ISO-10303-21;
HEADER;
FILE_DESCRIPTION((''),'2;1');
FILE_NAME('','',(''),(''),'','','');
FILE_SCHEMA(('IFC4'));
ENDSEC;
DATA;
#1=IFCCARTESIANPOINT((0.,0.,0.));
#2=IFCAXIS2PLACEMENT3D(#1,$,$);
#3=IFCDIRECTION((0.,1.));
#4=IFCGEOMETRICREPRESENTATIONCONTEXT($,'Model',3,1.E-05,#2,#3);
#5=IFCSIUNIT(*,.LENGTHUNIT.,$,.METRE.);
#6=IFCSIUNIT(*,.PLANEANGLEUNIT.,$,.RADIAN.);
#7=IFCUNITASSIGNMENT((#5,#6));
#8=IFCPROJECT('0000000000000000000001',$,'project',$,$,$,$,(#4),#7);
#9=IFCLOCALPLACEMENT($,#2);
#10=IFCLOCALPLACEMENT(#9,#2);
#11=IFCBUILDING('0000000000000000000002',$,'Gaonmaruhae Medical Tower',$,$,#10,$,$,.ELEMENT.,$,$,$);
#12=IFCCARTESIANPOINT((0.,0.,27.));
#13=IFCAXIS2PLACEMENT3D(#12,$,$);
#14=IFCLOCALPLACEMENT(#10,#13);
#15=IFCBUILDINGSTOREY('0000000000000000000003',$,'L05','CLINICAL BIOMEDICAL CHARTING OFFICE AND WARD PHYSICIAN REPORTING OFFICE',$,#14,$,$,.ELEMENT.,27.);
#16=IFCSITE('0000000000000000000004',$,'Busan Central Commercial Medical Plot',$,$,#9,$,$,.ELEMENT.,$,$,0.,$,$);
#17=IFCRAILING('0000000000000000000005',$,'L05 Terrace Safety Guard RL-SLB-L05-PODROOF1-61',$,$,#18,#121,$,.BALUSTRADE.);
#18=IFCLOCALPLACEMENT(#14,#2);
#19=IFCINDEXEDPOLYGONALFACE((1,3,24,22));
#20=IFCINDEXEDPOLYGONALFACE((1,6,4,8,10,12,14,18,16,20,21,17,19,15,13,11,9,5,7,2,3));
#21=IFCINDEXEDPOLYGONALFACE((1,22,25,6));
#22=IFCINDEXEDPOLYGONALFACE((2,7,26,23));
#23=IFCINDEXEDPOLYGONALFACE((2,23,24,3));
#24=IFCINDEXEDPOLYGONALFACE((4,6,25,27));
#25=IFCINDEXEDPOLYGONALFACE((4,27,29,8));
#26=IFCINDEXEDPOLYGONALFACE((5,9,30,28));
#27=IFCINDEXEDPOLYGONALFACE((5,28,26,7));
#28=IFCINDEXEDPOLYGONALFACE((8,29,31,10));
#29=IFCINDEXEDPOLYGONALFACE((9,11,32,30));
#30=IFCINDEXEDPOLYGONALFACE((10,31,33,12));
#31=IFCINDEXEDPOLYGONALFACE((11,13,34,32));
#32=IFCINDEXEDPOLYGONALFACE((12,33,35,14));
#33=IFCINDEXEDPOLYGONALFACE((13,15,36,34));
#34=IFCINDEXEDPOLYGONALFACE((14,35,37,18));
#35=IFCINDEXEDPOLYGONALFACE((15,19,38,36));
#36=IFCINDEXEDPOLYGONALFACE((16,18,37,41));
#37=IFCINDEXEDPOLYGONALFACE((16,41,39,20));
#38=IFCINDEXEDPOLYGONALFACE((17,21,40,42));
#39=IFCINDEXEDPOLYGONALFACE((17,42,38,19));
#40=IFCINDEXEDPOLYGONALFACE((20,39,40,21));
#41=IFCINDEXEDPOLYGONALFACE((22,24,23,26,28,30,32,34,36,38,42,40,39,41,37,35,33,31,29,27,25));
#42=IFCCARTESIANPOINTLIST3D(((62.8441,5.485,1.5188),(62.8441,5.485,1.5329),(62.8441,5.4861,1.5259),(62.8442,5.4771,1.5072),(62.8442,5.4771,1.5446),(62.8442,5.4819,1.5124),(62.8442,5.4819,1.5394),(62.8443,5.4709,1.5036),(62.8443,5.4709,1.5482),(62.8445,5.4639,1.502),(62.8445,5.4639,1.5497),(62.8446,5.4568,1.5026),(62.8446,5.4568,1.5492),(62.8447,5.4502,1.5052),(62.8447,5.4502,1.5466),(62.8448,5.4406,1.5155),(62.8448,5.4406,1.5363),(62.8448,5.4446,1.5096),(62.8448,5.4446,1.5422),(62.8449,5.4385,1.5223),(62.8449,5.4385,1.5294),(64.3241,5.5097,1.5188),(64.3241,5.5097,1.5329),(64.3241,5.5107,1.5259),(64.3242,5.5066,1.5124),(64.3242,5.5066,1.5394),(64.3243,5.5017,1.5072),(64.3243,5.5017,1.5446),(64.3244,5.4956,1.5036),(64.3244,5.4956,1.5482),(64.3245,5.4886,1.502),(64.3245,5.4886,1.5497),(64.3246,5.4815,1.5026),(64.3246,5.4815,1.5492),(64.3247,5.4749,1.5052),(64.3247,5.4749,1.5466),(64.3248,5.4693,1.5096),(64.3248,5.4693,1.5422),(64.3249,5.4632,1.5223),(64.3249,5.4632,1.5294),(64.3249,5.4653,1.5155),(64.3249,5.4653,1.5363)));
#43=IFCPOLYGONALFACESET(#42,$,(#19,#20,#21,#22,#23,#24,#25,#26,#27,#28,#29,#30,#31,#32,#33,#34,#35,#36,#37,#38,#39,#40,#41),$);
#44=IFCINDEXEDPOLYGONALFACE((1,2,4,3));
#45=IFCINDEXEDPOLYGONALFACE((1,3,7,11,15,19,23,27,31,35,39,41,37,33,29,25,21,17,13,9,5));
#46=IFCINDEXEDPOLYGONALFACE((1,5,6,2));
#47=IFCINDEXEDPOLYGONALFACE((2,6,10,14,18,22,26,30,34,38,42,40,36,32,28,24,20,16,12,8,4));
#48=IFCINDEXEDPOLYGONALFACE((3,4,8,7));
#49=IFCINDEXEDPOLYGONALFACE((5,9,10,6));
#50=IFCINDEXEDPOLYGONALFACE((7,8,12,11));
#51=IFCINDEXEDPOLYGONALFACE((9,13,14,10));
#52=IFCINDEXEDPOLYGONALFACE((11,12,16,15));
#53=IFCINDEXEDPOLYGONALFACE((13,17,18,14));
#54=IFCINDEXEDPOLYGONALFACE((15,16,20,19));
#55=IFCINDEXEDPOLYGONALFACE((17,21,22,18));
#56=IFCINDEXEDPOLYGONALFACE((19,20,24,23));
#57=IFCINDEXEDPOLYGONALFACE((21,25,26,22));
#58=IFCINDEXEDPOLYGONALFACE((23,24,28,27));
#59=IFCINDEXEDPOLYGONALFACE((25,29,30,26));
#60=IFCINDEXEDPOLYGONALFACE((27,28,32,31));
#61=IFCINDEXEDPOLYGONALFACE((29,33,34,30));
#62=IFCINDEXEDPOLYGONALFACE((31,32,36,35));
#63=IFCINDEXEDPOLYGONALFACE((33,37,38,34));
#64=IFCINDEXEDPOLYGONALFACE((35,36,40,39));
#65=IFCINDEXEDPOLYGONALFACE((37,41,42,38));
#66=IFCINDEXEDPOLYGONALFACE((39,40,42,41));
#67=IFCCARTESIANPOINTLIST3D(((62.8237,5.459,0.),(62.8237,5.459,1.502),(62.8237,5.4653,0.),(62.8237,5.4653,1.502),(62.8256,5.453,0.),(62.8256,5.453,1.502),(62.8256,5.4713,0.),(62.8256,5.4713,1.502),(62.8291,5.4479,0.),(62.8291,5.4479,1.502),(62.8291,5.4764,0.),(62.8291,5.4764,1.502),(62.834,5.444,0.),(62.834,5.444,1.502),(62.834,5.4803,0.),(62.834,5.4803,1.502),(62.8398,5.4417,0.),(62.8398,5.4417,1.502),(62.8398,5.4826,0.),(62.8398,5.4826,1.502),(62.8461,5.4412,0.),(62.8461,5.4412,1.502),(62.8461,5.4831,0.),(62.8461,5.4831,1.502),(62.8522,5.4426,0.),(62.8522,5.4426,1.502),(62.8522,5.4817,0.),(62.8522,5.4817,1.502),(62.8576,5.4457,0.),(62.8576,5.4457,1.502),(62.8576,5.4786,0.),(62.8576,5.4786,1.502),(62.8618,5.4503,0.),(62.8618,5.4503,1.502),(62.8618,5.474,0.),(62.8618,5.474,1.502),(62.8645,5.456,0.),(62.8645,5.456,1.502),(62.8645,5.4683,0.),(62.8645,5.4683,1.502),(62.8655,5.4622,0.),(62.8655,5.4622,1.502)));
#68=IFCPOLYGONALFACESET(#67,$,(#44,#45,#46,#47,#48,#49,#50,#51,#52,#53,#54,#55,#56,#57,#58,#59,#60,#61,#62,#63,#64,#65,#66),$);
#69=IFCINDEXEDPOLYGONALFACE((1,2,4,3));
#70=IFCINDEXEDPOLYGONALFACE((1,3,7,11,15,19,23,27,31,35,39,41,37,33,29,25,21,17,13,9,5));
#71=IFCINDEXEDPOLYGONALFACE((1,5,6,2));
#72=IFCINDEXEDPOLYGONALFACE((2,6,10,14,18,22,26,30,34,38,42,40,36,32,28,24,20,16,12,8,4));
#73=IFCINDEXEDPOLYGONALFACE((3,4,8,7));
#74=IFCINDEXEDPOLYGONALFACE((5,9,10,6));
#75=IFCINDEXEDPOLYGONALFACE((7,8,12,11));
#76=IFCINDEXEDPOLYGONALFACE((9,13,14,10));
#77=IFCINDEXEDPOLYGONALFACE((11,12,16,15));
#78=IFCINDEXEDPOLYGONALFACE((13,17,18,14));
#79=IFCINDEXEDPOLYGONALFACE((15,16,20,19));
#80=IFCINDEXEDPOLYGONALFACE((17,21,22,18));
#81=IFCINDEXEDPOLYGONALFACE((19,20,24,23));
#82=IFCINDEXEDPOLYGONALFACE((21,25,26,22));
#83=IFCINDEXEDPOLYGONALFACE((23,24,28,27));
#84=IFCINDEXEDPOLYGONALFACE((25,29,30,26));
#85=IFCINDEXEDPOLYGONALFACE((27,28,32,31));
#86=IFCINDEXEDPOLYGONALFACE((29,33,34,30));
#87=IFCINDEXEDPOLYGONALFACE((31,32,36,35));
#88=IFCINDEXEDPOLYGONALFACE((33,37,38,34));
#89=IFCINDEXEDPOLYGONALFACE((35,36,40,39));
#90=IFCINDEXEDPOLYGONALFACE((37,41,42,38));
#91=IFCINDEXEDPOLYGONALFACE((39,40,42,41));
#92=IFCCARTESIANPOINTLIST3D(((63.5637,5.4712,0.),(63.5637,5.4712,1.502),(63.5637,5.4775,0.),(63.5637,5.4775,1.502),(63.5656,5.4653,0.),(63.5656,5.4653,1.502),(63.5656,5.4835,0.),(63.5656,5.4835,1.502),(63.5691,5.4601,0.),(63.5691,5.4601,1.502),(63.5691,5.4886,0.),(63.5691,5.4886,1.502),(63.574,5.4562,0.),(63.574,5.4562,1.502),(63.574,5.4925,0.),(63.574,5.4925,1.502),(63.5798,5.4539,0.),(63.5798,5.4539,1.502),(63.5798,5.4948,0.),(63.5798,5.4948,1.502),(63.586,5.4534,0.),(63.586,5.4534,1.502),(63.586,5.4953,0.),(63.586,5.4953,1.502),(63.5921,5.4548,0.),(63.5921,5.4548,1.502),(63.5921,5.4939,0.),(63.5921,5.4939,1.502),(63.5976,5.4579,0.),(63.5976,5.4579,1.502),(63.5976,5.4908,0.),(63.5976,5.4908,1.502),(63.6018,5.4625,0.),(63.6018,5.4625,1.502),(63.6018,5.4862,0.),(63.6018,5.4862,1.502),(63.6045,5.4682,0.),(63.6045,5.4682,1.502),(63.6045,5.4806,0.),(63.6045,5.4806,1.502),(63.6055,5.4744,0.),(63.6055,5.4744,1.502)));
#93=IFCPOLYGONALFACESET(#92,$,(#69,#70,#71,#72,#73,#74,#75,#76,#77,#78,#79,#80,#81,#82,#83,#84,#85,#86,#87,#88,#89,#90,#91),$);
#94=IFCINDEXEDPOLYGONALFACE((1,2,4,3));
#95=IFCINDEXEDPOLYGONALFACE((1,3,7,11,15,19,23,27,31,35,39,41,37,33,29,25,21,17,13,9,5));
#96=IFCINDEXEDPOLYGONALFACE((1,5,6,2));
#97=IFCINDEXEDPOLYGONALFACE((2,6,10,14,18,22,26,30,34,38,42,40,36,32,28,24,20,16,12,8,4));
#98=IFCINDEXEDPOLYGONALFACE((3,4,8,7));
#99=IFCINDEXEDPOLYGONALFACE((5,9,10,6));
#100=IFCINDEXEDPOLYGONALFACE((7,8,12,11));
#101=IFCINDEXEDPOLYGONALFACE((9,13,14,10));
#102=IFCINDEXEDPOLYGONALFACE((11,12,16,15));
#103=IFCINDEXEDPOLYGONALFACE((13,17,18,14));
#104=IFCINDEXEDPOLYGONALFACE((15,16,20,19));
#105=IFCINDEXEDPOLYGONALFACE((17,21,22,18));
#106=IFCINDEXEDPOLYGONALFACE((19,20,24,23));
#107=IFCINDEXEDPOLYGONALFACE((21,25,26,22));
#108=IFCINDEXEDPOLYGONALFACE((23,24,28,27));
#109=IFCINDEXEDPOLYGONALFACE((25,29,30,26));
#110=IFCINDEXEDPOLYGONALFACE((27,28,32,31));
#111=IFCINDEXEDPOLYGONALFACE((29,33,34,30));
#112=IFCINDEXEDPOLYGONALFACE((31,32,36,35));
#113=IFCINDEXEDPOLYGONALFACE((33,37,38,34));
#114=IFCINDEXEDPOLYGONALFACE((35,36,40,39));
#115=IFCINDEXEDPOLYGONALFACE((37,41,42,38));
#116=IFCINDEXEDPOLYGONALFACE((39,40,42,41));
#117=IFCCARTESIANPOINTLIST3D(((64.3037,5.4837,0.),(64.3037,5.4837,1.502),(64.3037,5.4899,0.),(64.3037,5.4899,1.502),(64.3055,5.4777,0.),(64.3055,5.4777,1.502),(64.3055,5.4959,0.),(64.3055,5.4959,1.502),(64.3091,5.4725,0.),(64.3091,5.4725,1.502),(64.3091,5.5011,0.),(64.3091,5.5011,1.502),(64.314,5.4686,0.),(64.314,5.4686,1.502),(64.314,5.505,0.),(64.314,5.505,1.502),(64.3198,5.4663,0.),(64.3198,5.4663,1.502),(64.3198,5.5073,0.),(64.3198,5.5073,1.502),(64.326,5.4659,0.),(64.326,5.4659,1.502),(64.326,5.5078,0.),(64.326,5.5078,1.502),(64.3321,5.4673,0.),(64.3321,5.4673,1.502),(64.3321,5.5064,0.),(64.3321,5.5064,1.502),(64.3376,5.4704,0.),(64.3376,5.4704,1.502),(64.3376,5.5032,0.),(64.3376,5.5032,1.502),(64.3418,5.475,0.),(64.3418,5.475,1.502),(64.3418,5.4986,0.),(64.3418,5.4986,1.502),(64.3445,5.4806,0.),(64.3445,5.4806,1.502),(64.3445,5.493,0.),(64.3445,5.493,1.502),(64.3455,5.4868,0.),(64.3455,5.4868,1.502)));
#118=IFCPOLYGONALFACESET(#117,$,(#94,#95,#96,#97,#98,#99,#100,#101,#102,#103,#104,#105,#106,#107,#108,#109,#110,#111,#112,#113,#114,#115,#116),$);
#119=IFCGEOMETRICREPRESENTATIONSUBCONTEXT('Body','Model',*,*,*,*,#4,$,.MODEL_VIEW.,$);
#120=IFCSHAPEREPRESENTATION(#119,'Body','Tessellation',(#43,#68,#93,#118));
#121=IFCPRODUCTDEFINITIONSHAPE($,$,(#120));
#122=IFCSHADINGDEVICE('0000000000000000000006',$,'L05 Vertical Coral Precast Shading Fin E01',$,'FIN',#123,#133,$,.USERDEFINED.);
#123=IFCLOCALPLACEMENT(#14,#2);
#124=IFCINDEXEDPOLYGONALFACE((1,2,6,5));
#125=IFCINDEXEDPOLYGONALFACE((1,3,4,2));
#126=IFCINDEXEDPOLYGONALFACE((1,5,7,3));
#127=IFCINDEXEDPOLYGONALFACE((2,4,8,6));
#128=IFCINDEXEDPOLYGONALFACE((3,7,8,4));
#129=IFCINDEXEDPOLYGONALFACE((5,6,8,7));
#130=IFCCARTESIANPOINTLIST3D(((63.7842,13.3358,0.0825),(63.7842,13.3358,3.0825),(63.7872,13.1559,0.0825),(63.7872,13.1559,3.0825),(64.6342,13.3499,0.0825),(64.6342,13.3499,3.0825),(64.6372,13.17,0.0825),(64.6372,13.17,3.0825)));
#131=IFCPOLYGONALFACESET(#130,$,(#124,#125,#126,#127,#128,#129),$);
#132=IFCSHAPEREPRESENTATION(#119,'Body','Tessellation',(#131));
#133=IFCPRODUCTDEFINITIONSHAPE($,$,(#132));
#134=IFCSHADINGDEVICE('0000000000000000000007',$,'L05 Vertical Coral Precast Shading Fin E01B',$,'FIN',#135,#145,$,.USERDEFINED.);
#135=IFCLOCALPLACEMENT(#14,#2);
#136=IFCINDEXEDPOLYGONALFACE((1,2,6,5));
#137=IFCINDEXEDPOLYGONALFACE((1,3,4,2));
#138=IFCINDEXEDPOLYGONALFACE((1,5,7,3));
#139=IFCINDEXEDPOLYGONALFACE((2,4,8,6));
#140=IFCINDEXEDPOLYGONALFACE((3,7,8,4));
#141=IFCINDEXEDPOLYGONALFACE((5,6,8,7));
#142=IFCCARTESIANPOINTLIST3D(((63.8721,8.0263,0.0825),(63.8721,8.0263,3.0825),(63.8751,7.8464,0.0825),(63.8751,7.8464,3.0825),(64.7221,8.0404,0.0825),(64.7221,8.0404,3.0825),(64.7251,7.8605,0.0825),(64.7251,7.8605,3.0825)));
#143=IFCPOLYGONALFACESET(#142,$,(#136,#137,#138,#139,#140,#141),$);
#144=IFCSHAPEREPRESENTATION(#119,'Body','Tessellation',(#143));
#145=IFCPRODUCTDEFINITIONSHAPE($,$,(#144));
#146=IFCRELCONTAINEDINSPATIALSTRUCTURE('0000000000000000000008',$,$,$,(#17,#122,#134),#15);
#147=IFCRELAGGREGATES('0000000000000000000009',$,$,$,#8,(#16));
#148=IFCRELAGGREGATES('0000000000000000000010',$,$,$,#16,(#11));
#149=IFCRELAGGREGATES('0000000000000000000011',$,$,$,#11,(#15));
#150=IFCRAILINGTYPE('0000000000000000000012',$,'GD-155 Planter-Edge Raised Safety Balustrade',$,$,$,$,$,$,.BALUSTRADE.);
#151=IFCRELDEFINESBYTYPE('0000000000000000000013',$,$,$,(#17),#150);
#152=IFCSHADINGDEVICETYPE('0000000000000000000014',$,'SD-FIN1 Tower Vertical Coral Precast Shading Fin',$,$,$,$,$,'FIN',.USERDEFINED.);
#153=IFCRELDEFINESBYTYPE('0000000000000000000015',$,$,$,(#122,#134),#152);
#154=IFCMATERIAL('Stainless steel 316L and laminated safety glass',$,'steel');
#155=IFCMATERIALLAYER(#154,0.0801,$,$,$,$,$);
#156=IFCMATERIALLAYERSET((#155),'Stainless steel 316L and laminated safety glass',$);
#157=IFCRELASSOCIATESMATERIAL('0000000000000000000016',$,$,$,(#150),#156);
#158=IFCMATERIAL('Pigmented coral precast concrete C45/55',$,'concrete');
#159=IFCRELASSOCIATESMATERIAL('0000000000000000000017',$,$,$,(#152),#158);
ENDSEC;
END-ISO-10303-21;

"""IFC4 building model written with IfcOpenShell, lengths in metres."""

from ifc_helpers import new_model, si_unit, direction, frame, origin, origin_2d, place, context, subcontext, project, spatial, rectangle, circle, extrude, material, layer, layer_set, type_object, element, save


model = new_model("IFC4")

# Units and contexts
model_context = context("Model", 3, precision=1e-05, world=origin(), true_north=direction((0.0, 1.0)))
body_context = subcontext(model_context, "Body", "Model", "MODEL_VIEW")
ifc_project = project(units=[si_unit("LENGTHUNIT", "METRE"), si_unit("PLANEANGLEUNIT", "RADIAN")], contexts=[model_context])

# Site, building, storey
site_placement = place(None, origin())
site = spatial("IfcSite", under=ifc_project, at=site_placement, Name="Busan Central Commercial Medical Plot", CompositionType="ELEMENT", RefElevation=0.0)
building_placement = place(site_placement, origin())
building = spatial("IfcBuilding", under=site, at=building_placement, Name="Gaonmaruhae Medical Tower", CompositionType="ELEMENT")
storey_placement = place(building_placement, frame((0.0, 0.0, 27.0)))
storey = spatial("IfcBuildingStorey", under=building, at=storey_placement, Name="L05", Description="CLINICAL BIOMEDICAL CHARTING OFFICE AND WARD PHYSICIAN REPORTING OFFICE", CompositionType="ELEMENT", Elevation=27.0)

# Railing
ifc_material_1 = material(Name="Stainless steel 316L and laminated safety glass", Category="steel")
ifc_layer_1 = layer(ifc_material_1, 0.0801)
ifc_layer_set_1 = layer_set([ifc_layer_1], Name="Stainless steel 316L and laminated safety glass")
railing_type = type_object("IfcRailingType", Name="GD-155 Planter-Edge Raised Safety Balustrade", PredefinedType="BALUSTRADE", material=ifc_layer_set_1)
railing_1_placement = place(storey_placement, frame((62.8445, 5.4622, 0.0)))
element("IfcRailing", 1, at=railing_1_placement, inside=storey, type_object=railing_type, Name="L05 Terrace Safety Guard RL-SLB-L05-PODROOF1-61", PredefinedType="BALUSTRADE", context=body_context, shape_type="SweptSolid", body=[
    extrude(circle(Radius=0.0239, at=origin_2d()), frame((0.0, 0.0, 1.5259), z_axis=(0.999861, 0.016659, 0.0), x_axis=(-0.016659, 0.999861, 0.0)), (0.0, 0.0, 1.0), 1.4802),
    extrude(circle(Radius=0.021, at=origin_2d()), origin(), (0.0, 0.0, 1.0), 1.502),
    extrude(circle(Radius=0.021, at=origin_2d()), frame((0.74, 0.0122, 0.0)), (0.0, 0.0, 1.0), 1.502),
    extrude(circle(Radius=0.021, at=origin_2d()), frame((1.48, 0.0247, 0.0)), (0.0, 0.0, 1.0), 1.502),
])

# Shading devices
ifc_material_2 = material(Name="Pigmented coral precast concrete C45/55", Category="concrete")
shading_device_type = type_object("IfcShadingDeviceType", Name="SD-FIN1 Tower Vertical Coral Precast Shading Fin", ElementType="FIN", PredefinedType="USERDEFINED", material=ifc_material_2)
for number, where, z_axis, x_axis, name in (
    (2, (64.2107, 13.2529, 0.0825), (0.0, 0.0, 1.0), (0.01658, -0.999863, 0.0), "L05 Vertical Coral Precast Shading Fin E01"),
    (3, (64.2986, 7.9434, 0.0825), (0.0, 0.0, 1.0), (0.01658, -0.999863, 0.0), "L05 Vertical Coral Precast Shading Fin E01B"),
):
    element("IfcShadingDevice", number, at=place(storey_placement, frame(where, z_axis=z_axis, x_axis=x_axis)), inside=storey, type_object=shading_device_type, Name=name, ObjectType="FIN", PredefinedType="USERDEFINED", context=body_context, shape_type="SweptSolid", body=[
        extrude(rectangle(XDim=0.1799, YDim=0.8501, at=origin_2d()), origin(), (0.0, 0.0, 1.0), 3.0),
    ])

save(model, "model.ifc")
